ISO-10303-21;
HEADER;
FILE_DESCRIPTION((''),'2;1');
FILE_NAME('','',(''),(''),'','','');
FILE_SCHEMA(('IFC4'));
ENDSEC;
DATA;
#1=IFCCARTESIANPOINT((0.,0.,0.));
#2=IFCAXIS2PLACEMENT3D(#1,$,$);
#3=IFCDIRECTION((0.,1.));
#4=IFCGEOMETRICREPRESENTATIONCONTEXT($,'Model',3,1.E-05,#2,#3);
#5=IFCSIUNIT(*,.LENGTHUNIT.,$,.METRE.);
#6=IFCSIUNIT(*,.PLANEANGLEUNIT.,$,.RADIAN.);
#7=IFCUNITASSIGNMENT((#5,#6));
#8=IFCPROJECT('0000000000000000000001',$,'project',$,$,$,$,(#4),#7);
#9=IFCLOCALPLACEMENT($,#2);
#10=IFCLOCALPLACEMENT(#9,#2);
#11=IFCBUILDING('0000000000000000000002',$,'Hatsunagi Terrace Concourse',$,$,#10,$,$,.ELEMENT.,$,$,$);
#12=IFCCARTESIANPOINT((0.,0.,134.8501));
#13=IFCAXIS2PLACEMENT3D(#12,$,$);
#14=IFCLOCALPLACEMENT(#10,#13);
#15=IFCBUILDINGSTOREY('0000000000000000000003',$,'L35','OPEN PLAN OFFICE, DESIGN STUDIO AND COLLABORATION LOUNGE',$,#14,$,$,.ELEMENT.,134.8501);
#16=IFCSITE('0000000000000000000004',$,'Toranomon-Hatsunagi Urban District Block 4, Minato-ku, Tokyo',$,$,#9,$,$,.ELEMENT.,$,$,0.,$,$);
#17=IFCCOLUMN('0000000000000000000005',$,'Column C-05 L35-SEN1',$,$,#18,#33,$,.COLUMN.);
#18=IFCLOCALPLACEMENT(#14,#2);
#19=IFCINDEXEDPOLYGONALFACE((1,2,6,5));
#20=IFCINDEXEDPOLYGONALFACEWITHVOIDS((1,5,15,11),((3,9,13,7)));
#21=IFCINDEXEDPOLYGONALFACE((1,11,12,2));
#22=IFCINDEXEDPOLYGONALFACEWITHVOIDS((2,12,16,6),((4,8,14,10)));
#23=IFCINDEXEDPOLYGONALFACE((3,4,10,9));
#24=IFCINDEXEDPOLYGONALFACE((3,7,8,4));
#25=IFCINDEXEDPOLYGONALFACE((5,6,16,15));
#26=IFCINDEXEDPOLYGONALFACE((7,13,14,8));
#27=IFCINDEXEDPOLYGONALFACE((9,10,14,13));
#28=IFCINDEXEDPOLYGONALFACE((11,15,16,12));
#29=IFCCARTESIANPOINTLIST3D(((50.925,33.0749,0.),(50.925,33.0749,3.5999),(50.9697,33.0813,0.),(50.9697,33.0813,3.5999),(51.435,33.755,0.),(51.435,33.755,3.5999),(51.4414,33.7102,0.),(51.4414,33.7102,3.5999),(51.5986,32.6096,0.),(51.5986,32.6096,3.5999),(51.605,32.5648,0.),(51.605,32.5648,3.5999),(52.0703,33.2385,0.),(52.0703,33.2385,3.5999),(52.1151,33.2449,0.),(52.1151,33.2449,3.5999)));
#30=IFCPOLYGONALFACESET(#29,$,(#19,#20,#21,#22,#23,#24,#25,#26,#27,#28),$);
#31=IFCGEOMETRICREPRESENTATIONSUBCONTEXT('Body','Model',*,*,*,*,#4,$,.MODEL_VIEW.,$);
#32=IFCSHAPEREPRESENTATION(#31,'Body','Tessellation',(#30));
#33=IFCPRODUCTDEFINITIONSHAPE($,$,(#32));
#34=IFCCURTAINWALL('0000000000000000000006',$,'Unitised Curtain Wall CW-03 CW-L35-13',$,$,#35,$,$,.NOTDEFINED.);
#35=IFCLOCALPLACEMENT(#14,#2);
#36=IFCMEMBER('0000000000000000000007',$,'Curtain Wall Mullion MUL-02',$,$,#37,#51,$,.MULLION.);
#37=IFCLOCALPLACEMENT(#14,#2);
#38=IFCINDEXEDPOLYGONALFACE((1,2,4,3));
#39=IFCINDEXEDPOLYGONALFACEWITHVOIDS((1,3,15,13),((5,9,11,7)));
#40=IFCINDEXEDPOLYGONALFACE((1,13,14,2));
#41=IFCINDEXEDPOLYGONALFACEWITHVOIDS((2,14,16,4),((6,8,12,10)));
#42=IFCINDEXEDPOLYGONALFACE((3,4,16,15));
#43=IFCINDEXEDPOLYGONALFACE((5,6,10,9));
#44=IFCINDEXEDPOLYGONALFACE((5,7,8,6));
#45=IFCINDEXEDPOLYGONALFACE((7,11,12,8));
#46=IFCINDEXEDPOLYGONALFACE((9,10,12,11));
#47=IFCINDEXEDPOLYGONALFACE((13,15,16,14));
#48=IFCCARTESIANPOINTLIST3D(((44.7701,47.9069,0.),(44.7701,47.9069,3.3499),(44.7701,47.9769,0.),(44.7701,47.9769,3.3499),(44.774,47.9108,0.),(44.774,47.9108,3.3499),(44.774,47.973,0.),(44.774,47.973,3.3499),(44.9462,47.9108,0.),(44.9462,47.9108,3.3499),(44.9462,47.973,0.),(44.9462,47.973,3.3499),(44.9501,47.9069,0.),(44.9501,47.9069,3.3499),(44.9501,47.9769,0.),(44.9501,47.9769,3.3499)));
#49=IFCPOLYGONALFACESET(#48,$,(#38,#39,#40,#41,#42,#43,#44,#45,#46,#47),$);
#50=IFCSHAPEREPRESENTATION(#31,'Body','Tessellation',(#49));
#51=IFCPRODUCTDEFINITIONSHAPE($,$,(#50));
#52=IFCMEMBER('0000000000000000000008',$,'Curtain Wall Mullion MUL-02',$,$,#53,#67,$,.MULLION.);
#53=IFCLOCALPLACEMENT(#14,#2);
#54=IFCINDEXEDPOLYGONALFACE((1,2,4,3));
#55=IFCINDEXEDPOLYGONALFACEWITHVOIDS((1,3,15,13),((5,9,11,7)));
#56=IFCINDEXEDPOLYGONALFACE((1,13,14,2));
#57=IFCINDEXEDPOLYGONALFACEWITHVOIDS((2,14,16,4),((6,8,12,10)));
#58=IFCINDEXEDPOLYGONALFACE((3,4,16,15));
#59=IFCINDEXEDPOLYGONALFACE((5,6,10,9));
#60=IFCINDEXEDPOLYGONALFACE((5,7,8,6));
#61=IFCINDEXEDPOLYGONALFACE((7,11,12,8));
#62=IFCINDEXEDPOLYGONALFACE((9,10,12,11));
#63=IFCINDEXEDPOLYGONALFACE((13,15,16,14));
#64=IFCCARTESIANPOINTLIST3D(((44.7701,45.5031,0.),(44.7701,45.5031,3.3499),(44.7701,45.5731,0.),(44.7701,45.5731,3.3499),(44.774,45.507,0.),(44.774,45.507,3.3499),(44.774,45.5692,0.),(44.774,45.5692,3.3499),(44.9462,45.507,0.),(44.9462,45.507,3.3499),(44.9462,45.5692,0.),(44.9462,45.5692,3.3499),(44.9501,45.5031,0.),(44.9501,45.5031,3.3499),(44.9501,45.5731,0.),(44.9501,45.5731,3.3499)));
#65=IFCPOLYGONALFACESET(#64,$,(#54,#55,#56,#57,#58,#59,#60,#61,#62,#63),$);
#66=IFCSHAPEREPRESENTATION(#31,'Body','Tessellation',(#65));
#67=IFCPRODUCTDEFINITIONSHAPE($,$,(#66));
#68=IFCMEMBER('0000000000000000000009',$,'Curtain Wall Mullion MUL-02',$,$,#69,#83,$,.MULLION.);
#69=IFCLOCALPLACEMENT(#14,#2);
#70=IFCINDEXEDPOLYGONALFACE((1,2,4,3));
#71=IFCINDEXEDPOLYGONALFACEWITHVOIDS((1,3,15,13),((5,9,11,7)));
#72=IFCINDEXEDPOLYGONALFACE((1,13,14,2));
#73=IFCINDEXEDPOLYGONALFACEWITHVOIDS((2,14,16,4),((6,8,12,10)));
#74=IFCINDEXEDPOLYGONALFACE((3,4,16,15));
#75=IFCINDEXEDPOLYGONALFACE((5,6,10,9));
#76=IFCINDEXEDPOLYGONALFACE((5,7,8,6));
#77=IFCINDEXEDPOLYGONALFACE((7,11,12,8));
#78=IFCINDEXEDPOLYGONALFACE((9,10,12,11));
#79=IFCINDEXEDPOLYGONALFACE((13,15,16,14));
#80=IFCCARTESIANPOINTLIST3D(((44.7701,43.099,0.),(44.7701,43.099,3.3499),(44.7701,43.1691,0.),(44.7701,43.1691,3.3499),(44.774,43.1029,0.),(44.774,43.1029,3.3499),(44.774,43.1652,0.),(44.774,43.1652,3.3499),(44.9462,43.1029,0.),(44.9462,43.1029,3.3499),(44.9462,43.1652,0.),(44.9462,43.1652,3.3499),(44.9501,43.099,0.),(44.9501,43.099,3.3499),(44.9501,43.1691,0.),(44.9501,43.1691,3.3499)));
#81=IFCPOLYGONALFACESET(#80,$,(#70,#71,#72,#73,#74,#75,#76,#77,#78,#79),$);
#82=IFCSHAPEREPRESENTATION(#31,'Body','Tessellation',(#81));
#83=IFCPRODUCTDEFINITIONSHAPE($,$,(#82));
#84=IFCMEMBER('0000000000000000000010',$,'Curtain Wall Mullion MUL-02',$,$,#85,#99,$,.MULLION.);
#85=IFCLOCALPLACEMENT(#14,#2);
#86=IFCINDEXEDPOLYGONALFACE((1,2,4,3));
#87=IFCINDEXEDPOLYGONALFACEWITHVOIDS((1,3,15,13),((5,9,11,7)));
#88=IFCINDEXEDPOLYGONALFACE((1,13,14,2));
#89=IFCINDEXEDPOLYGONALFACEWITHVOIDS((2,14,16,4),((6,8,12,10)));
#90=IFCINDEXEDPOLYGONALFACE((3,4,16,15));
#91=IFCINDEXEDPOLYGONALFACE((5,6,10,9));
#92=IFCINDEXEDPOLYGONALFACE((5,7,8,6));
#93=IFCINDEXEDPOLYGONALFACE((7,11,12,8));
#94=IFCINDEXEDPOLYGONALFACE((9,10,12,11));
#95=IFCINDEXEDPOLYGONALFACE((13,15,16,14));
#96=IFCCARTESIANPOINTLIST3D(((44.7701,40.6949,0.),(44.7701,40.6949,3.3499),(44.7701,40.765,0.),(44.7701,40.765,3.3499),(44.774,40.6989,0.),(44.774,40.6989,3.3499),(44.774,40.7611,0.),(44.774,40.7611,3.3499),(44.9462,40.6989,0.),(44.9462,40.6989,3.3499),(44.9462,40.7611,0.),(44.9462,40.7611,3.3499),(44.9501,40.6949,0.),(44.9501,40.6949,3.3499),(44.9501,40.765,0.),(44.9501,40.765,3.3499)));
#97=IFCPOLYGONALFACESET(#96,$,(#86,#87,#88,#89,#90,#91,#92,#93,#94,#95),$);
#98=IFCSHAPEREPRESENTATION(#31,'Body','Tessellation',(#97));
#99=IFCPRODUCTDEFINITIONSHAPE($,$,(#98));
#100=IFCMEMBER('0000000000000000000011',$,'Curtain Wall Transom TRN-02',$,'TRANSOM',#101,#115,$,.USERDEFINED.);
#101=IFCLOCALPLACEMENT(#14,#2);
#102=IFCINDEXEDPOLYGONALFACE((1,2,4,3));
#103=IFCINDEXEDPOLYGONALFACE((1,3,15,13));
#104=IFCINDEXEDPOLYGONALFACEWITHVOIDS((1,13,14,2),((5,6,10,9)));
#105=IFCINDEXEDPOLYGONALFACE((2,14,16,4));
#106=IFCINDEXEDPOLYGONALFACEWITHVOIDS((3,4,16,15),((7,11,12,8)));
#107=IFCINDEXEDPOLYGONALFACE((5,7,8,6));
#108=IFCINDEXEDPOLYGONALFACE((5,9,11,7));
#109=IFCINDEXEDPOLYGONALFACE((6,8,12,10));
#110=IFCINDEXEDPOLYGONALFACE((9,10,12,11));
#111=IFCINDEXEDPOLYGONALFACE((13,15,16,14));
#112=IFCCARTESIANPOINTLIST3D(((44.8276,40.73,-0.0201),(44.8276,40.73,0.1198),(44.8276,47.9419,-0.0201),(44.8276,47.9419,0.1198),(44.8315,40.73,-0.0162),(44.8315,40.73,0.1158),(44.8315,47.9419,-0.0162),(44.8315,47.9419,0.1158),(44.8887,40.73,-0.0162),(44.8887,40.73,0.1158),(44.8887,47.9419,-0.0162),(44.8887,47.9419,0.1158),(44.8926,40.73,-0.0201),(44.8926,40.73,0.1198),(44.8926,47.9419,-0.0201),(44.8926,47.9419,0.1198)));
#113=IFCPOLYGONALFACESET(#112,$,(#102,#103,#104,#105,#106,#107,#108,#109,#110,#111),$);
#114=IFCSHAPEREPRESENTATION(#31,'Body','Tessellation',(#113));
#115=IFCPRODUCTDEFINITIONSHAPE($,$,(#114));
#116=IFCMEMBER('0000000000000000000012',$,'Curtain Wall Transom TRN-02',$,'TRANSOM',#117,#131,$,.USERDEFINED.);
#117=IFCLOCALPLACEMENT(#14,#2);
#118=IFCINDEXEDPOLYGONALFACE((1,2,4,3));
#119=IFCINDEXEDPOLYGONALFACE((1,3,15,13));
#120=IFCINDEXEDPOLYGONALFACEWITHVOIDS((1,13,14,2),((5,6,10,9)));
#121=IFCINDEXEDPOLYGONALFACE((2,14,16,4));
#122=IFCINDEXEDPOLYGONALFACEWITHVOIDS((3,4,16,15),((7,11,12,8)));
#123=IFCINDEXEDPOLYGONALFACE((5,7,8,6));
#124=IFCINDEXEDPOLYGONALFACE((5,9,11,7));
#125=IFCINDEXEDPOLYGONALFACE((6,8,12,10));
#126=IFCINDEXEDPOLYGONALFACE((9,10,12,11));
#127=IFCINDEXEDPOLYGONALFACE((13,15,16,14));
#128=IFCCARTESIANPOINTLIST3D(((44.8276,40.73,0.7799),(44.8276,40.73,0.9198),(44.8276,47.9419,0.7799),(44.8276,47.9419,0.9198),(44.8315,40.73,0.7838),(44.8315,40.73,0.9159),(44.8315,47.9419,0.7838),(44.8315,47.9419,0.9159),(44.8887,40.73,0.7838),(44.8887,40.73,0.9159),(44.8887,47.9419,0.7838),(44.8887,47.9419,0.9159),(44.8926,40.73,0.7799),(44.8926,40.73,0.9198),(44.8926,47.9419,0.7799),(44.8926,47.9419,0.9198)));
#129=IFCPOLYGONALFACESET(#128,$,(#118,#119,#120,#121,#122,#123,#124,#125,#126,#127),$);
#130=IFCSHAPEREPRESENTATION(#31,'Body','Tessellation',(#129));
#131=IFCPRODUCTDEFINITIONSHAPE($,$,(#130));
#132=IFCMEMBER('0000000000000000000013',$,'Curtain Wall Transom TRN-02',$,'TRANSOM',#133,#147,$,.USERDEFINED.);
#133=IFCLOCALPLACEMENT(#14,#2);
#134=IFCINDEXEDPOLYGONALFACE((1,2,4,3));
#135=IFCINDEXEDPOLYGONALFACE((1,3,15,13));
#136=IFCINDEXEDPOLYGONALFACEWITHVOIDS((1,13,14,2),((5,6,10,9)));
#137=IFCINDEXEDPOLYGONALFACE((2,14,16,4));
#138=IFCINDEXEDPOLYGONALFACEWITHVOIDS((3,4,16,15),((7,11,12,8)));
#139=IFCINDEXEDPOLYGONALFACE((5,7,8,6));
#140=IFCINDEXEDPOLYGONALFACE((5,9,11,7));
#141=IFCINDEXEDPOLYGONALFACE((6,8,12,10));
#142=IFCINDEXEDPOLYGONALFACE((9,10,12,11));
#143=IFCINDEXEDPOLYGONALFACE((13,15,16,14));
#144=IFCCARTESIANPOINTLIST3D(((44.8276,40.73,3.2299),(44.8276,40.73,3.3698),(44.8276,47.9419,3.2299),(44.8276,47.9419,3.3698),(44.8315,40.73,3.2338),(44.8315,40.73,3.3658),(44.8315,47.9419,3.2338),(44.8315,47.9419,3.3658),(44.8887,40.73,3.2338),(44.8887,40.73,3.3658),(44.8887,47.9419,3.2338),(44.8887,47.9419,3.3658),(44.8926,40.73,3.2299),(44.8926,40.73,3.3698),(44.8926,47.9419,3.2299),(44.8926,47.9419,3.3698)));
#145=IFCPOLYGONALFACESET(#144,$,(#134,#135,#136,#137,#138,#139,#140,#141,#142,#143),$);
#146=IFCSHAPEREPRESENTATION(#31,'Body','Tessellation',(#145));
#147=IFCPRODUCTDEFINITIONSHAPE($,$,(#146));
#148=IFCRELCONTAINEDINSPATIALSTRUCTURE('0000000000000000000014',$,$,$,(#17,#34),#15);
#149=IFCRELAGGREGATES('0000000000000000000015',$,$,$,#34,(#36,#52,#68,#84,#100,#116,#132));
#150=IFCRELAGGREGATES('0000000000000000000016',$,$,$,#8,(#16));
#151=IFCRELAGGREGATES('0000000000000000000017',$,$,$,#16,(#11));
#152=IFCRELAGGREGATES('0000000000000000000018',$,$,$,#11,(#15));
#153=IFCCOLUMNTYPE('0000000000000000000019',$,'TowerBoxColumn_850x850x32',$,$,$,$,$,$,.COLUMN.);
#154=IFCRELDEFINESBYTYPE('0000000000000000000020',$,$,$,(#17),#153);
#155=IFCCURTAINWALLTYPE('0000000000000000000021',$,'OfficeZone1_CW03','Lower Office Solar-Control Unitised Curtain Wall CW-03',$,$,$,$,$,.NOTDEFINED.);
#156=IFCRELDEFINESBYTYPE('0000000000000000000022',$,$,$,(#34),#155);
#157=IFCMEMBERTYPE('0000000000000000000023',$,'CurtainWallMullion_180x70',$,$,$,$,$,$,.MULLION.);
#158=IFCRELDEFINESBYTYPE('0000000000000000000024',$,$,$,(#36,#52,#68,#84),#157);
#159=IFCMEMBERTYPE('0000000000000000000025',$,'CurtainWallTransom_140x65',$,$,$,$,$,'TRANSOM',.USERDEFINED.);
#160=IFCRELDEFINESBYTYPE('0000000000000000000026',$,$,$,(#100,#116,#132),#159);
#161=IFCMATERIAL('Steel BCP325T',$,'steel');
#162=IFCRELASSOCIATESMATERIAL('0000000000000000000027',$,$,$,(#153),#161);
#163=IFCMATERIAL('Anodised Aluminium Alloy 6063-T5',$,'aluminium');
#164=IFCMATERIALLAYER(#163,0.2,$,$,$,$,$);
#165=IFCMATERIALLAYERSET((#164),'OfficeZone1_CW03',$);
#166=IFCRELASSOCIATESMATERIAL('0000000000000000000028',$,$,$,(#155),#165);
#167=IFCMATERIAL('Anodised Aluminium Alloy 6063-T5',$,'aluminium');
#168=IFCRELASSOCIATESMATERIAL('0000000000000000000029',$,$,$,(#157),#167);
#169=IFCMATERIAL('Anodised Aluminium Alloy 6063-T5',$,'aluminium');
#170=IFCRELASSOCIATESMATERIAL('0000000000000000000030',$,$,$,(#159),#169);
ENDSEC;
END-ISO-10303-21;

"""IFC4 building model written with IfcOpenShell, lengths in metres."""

from ifc_helpers import new_model, si_unit, direction, frame, origin, origin_2d, place, context, subcontext, project, spatial, hollow_rectangle, extrude, material, layer, layer_set, material_profile, profile_set, type_object, element, aggregate, save


model = new_model("IFC4")

# Units and contexts
model_context = context("Model", 3, precision=1e-05, world=origin(), true_north=direction((0.0, 1.0)))
body_context = subcontext(model_context, "Body", "Model", "MODEL_VIEW")
ifc_project = project(units=[si_unit("LENGTHUNIT", "METRE"), si_unit("PLANEANGLEUNIT", "RADIAN")], contexts=[model_context])

# Site, building, storey
site_placement = place(None, origin())
site = spatial("IfcSite", under=ifc_project, at=site_placement, Name="Toranomon-Hatsunagi Urban District Block 4, Minato-ku, Tokyo", CompositionType="ELEMENT", RefElevation=0.0)
building_placement = place(site_placement, origin())
building = spatial("IfcBuilding", under=site, at=building_placement, Name="Hatsunagi Terrace Concourse", CompositionType="ELEMENT")
storey_placement = place(building_placement, frame((0.0, 0.0, 134.8501)))
storey = spatial("IfcBuildingStorey", under=building, at=storey_placement, Name="L35", Description="OPEN PLAN OFFICE, DESIGN STUDIO AND COLLABORATION LOUNGE", CompositionType="ELEMENT", Elevation=134.8501)

# Column
ifc_material_1 = material(Name="Steel BCP325T", Category="steel")
ifc_material_profile_1 = material_profile(ifc_material_1, hollow_rectangle(XDim=0.8501, YDim=0.8501, WallThickness=0.032, at=origin_2d()), Name="BCP-850x850x32")
ifc_profile_set_1 = profile_set([ifc_material_profile_1], Name="Steel BCP325T")
column_type = type_object("IfcColumnType", Name="TowerBoxColumn_850x850x32", PredefinedType="COLUMN", material=ifc_profile_set_1)
column_placement = place(storey_placement, frame((51.52, 33.1599, 0.0), z_axis=(0.0, 0.0, 1.0), x_axis=(0.8, -0.6, 0.0)))
element("IfcColumn", 1, at=column_placement, inside=storey, type_object=column_type, Name="Column C-05 L35-SEN1", PredefinedType="COLUMN", context=body_context, shape_type="SweptSolid", body=[
    extrude(hollow_rectangle(XDim=0.8501, YDim=0.8501, WallThickness=0.032, at=origin_2d()), origin(), (0.0, 0.0, 1.0), 3.5999),
])

# Curtain wall, members
ifc_material_2 = material(Name="Anodised Aluminium Alloy 6063-T5", Category="aluminium")
ifc_layer_1 = layer(ifc_material_2, 0.2)
ifc_layer_set_1 = layer_set([ifc_layer_1], Name="OfficeZone1_CW03")
curtain_wall_type = type_object("IfcCurtainWallType", Name="OfficeZone1_CW03", Description="Lower Office Solar-Control Unitised Curtain Wall CW-03", PredefinedType="NOTDEFINED", material=ifc_layer_set_1)
curtain_wall_placement = place(storey_placement, origin())
curtain_wall = element("IfcCurtainWall", 2, at=curtain_wall_placement, inside=storey, type_object=curtain_wall_type, Name="Unitised Curtain Wall CW-03 CW-L35-13", PredefinedType="NOTDEFINED")
ifc_material_3 = material(Name="Anodised Aluminium Alloy 6063-T5", Category="aluminium")
ifc_material_profile_2 = material_profile(ifc_material_3, hollow_rectangle(XDim=0.0701, YDim=0.1799, WallThickness=0.0039, at=origin_2d()), Name="ALU-MUL-180x70x4")
ifc_profile_set_2 = profile_set([ifc_material_profile_2], Name="Anodised Aluminium Alloy 6063-T5")
member_type_1 = type_object("IfcMemberType", Name="CurtainWallMullion_180x70", PredefinedType="MULLION", material=ifc_profile_set_2)
member_1_placement = place(storey_placement, frame((44.8601, 47.9419, 0.0), z_axis=(0.0, 0.0, 1.0), x_axis=(0.0, -1.0, 0.0)))
member_1 = element("IfcMember", 3, at=member_1_placement, type_object=member_type_1, Name="Curtain Wall Mullion MUL-02", PredefinedType="MULLION", context=body_context, shape_type="SweptSolid", body=[
    extrude(hollow_rectangle(XDim=0.0701, YDim=0.1799, WallThickness=0.0039, at=origin_2d()), origin(), (0.0, 0.0, 1.0), 3.3499),
])
member_2_placement = place(storey_placement, frame((44.8601, 45.5381, 0.0), z_axis=(0.0, 0.0, 1.0), x_axis=(0.0, -1.0, 0.0)))
member_2 = element("IfcMember", 4, at=member_2_placement, type_object=member_type_1, Name="Curtain Wall Mullion MUL-02", PredefinedType="MULLION", context=body_context, shape_type="SweptSolid", body=[
    extrude(hollow_rectangle(XDim=0.0701, YDim=0.1799, WallThickness=0.0039, at=origin_2d()), origin(), (0.0, 0.0, 1.0), 3.3499),
])
member_3_placement = place(storey_placement, frame((44.8601, 43.134, 0.0), z_axis=(0.0, 0.0, 1.0), x_axis=(0.0, -1.0, 0.0)))
member_3 = element("IfcMember", 5, at=member_3_placement, type_object=member_type_1, Name="Curtain Wall Mullion MUL-02", PredefinedType="MULLION", context=body_context, shape_type="SweptSolid", body=[
    extrude(hollow_rectangle(XDim=0.0701, YDim=0.1799, WallThickness=0.0039, at=origin_2d()), origin(), (0.0, 0.0, 1.0), 3.3499),
])
member_4_placement = place(storey_placement, frame((44.8601, 40.73, 0.0), z_axis=(0.0, 0.0, 1.0), x_axis=(0.0, -1.0, 0.0)))
member_4 = element("IfcMember", 6, at=member_4_placement, type_object=member_type_1, Name="Curtain Wall Mullion MUL-02", PredefinedType="MULLION", context=body_context, shape_type="SweptSolid", body=[
    extrude(hollow_rectangle(XDim=0.0701, YDim=0.1799, WallThickness=0.0039, at=origin_2d()), origin(), (0.0, 0.0, 1.0), 3.3499),
])
ifc_material_4 = material(Name="Anodised Aluminium Alloy 6063-T5", Category="aluminium")
ifc_material_profile_3 = material_profile(ifc_material_4, hollow_rectangle(XDim=0.0649, YDim=0.1399, WallThickness=0.0039, at=origin_2d()), Name="ALU-TRN-140x65x4")
ifc_profile_set_3 = profile_set([ifc_material_profile_3], Name="Anodised Aluminium Alloy 6063-T5")
member_type_2 = type_object("IfcMemberType", Name="CurtainWallTransom_140x65", ElementType="TRANSOM", PredefinedType="USERDEFINED", material=ifc_profile_set_3)
member_5_placement = place(storey_placement, frame((44.8601, 47.9419, 0.0498), z_axis=(0.0, -1.0, 0.0), x_axis=(1.0, 0.0, 0.0)))
member_5 = element("IfcMember", 7, at=member_5_placement, type_object=member_type_2, Name="Curtain Wall Transom TRN-02", ObjectType="TRANSOM", PredefinedType="USERDEFINED", context=body_context, shape_type="SweptSolid", body=[
    extrude(hollow_rectangle(XDim=0.0649, YDim=0.1399, WallThickness=0.0039, at=origin_2d()), origin(), (0.0, 0.0, 1.0), 7.2119),
])
member_6_placement = place(storey_placement, frame((44.8601, 47.9419, 0.8499), z_axis=(0.0, -1.0, 0.0), x_axis=(1.0, 0.0, 0.0)))
member_6 = element("IfcMember", 8, at=member_6_placement, type_object=member_type_2, Name="Curtain Wall Transom TRN-02", ObjectType="TRANSOM", PredefinedType="USERDEFINED", context=body_context, shape_type="SweptSolid", body=[
    extrude(hollow_rectangle(XDim=0.0649, YDim=0.1399, WallThickness=0.0039, at=origin_2d()), origin(), (0.0, 0.0, 1.0), 7.2119),
])
member_7_placement = place(storey_placement, frame((44.8601, 47.9419, 3.2998), z_axis=(0.0, -1.0, 0.0), x_axis=(1.0, 0.0, 0.0)))
member_7 = element("IfcMember", 9, at=member_7_placement, type_object=member_type_2, Name="Curtain Wall Transom TRN-02", ObjectType="TRANSOM", PredefinedType="USERDEFINED", context=body_context, shape_type="SweptSolid", body=[
    extrude(hollow_rectangle(XDim=0.0649, YDim=0.1399, WallThickness=0.0039, at=origin_2d()), origin(), (0.0, 0.0, 1.0), 7.2119),
])

aggregate(curtain_wall, [member_1, member_2, member_3, member_4, member_5, member_6, member_7])

save(model, "model.ifc")
